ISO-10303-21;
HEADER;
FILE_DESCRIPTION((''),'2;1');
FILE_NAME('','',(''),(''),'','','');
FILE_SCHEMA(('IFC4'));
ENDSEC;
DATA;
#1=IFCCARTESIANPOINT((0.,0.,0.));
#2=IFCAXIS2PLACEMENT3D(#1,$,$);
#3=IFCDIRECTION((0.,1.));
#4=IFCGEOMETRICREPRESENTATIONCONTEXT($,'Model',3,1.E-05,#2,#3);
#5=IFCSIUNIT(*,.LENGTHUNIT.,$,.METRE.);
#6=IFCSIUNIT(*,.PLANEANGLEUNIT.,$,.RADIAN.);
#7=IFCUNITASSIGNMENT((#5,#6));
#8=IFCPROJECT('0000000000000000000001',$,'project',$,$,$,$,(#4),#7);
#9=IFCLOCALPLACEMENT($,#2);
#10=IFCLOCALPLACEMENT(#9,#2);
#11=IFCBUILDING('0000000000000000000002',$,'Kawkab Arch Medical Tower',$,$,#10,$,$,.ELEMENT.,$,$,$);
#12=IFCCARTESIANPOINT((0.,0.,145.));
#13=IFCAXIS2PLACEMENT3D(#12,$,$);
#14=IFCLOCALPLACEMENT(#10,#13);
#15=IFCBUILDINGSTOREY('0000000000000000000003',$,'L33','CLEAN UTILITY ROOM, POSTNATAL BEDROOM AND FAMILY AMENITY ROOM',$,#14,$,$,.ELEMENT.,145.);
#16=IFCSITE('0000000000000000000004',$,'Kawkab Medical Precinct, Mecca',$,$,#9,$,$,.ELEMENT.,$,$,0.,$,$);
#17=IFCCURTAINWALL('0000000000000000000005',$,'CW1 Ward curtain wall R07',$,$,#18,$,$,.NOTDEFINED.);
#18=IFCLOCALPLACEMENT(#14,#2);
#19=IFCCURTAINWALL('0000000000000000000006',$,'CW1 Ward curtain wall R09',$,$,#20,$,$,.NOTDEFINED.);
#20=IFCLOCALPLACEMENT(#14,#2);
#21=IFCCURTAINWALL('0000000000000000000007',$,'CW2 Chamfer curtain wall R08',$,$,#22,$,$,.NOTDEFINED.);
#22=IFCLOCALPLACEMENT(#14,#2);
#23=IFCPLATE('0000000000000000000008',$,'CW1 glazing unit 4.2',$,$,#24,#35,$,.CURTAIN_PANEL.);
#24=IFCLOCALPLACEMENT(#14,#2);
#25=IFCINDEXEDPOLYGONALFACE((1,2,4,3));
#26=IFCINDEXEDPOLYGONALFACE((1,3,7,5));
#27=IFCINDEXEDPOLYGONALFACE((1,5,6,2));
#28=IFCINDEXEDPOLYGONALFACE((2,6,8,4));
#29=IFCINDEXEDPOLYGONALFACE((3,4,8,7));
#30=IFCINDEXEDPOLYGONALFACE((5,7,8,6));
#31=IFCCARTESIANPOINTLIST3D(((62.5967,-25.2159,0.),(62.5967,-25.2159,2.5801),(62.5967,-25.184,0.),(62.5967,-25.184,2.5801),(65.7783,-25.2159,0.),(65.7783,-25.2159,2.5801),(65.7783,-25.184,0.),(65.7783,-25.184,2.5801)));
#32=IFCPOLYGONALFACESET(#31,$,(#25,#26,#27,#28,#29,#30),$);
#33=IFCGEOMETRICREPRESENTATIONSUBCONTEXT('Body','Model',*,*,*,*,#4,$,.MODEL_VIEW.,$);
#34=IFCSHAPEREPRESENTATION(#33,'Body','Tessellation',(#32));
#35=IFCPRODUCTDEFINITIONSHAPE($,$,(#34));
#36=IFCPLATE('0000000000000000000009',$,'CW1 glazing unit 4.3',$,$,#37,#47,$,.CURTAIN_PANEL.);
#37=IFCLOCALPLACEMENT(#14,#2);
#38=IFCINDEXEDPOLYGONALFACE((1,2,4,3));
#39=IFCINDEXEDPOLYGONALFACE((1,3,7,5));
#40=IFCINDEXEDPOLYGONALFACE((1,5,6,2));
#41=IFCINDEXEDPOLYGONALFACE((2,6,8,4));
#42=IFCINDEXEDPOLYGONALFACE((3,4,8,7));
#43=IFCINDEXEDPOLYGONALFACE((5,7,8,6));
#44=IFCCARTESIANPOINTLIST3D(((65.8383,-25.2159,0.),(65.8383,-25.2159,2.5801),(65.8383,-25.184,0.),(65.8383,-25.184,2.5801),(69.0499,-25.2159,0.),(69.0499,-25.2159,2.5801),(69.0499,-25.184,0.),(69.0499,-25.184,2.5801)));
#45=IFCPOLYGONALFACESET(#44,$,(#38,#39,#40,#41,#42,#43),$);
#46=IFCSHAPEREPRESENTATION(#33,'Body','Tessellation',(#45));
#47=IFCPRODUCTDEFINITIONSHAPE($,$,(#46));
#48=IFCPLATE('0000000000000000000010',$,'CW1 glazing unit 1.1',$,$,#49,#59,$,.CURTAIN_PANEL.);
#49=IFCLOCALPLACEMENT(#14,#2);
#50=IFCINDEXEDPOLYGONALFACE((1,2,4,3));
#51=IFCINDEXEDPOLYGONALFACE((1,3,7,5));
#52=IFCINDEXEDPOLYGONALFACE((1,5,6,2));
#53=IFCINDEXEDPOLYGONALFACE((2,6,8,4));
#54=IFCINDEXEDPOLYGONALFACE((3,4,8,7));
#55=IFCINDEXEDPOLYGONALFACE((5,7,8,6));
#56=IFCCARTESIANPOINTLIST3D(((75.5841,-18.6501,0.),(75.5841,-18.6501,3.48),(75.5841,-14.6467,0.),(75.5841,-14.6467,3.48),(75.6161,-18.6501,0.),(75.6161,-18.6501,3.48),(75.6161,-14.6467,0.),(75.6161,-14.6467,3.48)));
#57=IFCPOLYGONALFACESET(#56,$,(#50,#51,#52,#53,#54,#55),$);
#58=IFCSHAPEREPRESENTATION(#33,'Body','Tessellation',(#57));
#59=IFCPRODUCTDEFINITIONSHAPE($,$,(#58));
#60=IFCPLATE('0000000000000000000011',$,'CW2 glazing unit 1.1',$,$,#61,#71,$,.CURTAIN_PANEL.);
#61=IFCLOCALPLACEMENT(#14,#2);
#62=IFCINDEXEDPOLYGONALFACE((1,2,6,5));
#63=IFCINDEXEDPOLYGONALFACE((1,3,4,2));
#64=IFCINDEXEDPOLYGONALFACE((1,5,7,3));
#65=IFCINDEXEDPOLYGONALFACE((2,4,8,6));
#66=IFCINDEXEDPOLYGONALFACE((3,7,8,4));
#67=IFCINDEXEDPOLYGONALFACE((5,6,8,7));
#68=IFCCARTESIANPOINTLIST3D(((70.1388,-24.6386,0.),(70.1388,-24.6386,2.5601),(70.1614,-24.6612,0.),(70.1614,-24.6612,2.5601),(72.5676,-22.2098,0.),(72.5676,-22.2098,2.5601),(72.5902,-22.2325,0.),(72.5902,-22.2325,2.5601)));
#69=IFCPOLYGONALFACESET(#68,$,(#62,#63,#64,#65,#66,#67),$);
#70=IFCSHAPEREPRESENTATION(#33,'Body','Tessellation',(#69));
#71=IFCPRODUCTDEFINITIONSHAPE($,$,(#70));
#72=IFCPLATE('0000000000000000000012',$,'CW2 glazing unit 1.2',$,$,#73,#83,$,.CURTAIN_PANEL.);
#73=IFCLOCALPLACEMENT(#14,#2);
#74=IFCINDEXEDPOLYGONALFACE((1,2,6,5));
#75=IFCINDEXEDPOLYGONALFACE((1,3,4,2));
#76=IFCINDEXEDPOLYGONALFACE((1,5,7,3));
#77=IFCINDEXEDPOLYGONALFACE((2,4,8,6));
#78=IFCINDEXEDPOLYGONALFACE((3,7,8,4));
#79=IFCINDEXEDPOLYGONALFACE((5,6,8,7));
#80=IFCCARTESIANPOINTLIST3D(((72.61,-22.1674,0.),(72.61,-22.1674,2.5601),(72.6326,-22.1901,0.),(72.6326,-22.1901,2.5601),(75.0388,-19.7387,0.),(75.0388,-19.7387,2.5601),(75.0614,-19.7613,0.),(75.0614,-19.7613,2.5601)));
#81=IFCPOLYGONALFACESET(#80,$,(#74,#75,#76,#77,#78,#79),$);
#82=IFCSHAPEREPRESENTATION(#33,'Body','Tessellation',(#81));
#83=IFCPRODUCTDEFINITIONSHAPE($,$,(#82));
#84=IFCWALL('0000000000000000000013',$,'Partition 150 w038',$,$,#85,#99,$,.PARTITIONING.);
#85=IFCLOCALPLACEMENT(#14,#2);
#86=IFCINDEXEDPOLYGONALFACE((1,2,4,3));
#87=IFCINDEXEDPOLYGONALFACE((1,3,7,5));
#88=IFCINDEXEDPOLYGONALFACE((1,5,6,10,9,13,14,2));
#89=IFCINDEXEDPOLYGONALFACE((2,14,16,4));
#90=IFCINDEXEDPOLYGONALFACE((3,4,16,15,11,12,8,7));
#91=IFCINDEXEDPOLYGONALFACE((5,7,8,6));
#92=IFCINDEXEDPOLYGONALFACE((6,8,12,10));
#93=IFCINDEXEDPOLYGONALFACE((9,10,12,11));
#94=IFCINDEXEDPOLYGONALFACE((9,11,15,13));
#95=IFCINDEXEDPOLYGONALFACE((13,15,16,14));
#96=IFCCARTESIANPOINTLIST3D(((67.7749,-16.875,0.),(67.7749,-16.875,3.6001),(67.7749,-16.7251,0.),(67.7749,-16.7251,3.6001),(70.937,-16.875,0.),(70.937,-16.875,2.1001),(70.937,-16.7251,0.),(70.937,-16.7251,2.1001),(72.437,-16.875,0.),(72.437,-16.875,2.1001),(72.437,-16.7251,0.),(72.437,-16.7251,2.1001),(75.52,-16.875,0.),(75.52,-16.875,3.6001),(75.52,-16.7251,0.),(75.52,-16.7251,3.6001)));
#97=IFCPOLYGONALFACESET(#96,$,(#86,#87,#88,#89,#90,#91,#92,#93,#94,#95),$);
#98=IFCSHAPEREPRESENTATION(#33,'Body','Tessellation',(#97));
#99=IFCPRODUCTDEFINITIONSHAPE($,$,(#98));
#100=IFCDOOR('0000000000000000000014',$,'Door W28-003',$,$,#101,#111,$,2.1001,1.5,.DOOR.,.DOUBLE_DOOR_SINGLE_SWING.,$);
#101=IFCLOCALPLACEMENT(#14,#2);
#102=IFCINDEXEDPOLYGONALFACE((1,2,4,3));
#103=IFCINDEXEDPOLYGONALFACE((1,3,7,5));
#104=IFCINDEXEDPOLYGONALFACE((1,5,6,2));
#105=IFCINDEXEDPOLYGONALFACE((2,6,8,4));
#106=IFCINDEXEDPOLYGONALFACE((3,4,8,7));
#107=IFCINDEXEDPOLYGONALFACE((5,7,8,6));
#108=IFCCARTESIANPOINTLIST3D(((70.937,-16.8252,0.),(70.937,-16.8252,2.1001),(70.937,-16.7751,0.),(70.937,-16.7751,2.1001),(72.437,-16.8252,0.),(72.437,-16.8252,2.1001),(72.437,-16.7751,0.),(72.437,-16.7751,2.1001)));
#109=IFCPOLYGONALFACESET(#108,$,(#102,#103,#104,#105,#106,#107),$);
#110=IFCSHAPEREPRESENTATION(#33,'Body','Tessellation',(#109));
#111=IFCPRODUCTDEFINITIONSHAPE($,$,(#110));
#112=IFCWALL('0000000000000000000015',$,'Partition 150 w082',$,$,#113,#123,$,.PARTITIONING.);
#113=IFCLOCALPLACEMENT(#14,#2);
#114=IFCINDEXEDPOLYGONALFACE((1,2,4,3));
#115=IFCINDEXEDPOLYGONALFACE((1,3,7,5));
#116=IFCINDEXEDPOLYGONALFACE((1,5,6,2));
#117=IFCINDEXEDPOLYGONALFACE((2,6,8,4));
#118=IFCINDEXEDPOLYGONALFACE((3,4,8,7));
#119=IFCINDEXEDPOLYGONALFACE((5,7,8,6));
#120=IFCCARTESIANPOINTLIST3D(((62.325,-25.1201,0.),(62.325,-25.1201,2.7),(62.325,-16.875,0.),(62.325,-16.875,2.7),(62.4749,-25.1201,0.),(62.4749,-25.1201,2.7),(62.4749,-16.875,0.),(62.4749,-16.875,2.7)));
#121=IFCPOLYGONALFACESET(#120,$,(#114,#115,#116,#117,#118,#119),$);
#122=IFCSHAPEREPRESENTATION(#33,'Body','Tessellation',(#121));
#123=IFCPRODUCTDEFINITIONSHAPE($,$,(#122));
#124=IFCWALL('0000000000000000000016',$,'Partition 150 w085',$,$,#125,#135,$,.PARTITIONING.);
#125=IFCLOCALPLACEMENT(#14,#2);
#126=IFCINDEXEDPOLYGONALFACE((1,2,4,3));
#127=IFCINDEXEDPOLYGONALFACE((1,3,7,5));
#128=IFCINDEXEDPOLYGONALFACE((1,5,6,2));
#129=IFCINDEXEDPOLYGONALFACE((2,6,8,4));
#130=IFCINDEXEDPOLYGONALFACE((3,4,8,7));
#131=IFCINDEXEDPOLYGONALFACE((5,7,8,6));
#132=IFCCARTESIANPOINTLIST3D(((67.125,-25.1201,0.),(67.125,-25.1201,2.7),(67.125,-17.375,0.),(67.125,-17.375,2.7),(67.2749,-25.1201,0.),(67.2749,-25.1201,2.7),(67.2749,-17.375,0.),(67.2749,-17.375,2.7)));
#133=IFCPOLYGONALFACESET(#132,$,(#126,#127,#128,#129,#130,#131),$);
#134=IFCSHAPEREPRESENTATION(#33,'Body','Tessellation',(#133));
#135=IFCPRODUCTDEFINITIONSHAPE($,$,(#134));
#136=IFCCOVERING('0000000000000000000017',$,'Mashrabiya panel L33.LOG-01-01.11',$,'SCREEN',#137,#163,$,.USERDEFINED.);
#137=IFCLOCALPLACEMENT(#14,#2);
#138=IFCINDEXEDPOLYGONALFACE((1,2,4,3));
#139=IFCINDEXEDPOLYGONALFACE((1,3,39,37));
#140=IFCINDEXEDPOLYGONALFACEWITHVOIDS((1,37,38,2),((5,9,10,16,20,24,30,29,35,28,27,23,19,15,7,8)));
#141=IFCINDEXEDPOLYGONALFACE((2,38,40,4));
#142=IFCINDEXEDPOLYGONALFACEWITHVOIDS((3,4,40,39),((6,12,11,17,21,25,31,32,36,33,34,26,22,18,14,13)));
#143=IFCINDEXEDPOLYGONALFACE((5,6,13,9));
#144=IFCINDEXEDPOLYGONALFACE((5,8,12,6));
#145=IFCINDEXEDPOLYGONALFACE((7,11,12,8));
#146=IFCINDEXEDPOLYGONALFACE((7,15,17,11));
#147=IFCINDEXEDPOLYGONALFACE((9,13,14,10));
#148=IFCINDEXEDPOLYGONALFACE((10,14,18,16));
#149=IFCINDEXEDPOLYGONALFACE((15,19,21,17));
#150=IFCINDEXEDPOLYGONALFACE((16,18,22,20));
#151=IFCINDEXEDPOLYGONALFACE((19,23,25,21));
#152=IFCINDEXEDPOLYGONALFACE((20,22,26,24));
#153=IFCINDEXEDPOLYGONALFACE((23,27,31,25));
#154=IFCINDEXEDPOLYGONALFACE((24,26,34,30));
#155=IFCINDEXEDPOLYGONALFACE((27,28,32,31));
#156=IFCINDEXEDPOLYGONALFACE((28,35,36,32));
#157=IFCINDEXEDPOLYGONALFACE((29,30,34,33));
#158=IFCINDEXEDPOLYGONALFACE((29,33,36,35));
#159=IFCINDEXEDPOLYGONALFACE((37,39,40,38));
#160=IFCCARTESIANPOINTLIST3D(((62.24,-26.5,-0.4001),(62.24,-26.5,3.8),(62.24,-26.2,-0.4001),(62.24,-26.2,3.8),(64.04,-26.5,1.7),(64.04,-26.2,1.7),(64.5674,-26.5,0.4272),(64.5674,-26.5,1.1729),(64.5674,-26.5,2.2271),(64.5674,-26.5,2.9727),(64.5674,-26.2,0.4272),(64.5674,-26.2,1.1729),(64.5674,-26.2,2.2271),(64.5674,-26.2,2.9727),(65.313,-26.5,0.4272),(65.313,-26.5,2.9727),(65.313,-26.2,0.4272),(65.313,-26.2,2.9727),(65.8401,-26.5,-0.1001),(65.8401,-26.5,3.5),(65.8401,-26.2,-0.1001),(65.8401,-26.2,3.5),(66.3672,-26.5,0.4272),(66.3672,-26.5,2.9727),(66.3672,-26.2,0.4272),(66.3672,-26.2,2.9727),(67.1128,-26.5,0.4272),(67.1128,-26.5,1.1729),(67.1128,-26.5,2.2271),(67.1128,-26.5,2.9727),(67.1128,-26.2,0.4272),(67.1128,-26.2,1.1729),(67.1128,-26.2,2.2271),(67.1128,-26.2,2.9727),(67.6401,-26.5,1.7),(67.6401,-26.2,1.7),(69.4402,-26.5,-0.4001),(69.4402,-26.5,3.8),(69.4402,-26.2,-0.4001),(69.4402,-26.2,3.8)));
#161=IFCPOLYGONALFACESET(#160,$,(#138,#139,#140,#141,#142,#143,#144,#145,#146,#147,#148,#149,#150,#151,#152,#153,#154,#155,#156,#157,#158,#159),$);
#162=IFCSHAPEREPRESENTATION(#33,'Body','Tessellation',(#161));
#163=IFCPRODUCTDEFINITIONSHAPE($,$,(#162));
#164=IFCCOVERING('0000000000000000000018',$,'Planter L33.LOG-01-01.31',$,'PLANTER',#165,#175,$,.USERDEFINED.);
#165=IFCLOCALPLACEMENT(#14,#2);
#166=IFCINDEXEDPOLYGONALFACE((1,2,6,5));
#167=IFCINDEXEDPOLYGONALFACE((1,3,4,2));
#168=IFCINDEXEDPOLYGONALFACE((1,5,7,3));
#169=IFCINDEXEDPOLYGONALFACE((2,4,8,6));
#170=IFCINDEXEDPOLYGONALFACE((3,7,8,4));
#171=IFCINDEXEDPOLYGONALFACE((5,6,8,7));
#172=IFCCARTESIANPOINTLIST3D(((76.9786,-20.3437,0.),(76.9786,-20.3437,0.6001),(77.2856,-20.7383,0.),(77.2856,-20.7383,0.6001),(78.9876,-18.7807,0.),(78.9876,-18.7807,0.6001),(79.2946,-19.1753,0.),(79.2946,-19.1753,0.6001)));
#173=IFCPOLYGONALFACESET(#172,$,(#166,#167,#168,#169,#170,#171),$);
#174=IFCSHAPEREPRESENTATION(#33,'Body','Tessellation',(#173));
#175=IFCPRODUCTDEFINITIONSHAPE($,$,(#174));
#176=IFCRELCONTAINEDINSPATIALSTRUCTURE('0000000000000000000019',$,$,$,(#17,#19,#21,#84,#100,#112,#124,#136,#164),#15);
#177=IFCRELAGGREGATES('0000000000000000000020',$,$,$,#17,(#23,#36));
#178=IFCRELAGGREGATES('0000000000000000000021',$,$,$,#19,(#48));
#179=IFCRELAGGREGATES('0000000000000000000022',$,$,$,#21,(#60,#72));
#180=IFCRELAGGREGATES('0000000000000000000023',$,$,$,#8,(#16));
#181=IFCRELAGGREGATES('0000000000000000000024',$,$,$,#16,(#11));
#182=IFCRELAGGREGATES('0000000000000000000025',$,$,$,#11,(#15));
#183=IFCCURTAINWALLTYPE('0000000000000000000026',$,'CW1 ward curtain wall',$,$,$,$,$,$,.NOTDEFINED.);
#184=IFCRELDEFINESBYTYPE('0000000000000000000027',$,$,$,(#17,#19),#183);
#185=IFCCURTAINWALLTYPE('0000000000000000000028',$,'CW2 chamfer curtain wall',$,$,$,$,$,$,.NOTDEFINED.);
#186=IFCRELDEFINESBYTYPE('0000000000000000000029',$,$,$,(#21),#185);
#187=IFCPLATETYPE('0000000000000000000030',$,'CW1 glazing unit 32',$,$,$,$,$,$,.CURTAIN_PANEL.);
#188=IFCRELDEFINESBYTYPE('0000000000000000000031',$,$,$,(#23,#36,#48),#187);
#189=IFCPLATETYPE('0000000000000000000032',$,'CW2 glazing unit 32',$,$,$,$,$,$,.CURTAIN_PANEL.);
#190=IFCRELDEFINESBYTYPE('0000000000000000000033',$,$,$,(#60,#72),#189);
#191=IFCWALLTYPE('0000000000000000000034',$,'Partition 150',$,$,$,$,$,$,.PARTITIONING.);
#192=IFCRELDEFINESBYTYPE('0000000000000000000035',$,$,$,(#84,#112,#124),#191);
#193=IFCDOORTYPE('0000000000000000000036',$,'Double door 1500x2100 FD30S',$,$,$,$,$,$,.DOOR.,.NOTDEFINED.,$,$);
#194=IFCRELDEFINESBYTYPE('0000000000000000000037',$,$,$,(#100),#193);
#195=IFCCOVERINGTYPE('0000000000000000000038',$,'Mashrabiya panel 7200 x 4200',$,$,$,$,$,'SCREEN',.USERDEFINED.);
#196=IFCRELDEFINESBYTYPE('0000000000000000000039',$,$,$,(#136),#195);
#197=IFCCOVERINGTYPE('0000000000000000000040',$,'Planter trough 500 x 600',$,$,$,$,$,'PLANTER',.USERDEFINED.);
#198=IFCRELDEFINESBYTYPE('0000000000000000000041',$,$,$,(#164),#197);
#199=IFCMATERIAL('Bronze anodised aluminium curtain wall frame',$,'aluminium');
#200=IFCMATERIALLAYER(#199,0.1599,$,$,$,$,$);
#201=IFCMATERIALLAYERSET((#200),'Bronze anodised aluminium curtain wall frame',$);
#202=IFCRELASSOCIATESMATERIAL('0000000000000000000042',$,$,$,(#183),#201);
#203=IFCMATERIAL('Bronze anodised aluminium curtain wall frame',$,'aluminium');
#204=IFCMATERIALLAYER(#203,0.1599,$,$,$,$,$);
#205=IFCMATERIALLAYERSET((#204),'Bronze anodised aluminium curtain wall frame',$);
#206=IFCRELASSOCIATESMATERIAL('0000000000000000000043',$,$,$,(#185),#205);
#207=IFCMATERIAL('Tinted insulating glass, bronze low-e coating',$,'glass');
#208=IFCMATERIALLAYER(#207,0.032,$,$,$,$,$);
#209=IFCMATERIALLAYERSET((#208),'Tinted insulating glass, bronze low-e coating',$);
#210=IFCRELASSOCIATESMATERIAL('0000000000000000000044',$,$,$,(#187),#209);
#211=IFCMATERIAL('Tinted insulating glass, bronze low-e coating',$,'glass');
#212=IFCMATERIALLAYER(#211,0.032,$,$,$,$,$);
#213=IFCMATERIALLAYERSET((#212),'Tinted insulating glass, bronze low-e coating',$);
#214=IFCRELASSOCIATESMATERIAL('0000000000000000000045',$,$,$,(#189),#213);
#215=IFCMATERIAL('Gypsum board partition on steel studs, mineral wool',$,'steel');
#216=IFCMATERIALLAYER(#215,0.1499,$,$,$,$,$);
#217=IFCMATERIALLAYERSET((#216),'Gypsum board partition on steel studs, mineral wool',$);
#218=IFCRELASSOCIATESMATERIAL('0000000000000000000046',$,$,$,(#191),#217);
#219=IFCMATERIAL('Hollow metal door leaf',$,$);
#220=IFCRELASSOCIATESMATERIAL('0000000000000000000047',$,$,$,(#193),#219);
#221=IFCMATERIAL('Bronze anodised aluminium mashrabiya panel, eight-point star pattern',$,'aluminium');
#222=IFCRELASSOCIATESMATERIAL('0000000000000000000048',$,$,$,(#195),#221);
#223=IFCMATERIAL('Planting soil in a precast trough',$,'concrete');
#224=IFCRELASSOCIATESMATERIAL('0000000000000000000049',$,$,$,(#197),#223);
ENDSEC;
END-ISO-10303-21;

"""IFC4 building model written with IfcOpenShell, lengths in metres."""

from ifc_helpers import new_model, si_unit, direction, frame, frame_2d, origin, origin_2d, place, context, subcontext, project, spatial, polyline, rectangle, outline, extrude, material, layer, layer_set, material_profile, profile_set, type_object, element, fill, aggregate, save


model = new_model("IFC4")

# Units and contexts
model_context = context("Model", 3, precision=1e-05, world=origin(), true_north=direction((0.0, 1.0)))
body_context = subcontext(model_context, "Body", "Model", "MODEL_VIEW")
ifc_project = project(units=[si_unit("LENGTHUNIT", "METRE"), si_unit("PLANEANGLEUNIT", "RADIAN")], contexts=[model_context])

# Site, building, storey
site_placement = place(None, origin())
site = spatial("IfcSite", under=ifc_project, at=site_placement, Name="Kawkab Medical Precinct, Mecca", CompositionType="ELEMENT", RefElevation=0.0)
building_placement = place(site_placement, origin())
building = spatial("IfcBuilding", under=site, at=building_placement, Name="Kawkab Arch Medical Tower", CompositionType="ELEMENT")
storey_placement = place(building_placement, frame((0.0, 0.0, 145.0)))
storey = spatial("IfcBuildingStorey", under=building, at=storey_placement, Name="L33", Description="CLEAN UTILITY ROOM, POSTNATAL BEDROOM AND FAMILY AMENITY ROOM", CompositionType="ELEMENT", Elevation=145.0)

# Curtain walls
ifc_material_1 = material(Name="Bronze anodised aluminium curtain wall frame", Category="aluminium")
ifc_layer_1 = layer(ifc_material_1, 0.1599)
ifc_layer_set_1 = layer_set([ifc_layer_1], Name="Bronze anodised aluminium curtain wall frame")
curtain_wall_type_1 = type_object("IfcCurtainWallType", Name="CW1 ward curtain wall", PredefinedType="NOTDEFINED", material=ifc_layer_set_1)
placement = place(storey_placement, origin())
curtain_wall_1 = element("IfcCurtainWall", 1, at=placement, inside=storey, type_object=curtain_wall_type_1, Name="CW1 Ward curtain wall R07", PredefinedType="NOTDEFINED")
curtain_wall_2 = element("IfcCurtainWall", 2, at=placement, inside=storey, type_object=curtain_wall_type_1, Name="CW1 Ward curtain wall R09", PredefinedType="NOTDEFINED")
ifc_material_2 = material(Name="Bronze anodised aluminium curtain wall frame", Category="aluminium")
ifc_layer_2 = layer(ifc_material_2, 0.1599)
ifc_layer_set_2 = layer_set([ifc_layer_2], Name="Bronze anodised aluminium curtain wall frame")
curtain_wall_type_2 = type_object("IfcCurtainWallType", Name="CW2 chamfer curtain wall", PredefinedType="NOTDEFINED", material=ifc_layer_set_2)
curtain_wall_3 = element("IfcCurtainWall", 3, at=placement, inside=storey, type_object=curtain_wall_type_2, Name="CW2 Chamfer curtain wall R08", PredefinedType="NOTDEFINED")

# Plates
ifc_material_3 = material(Name="Tinted insulating glass, bronze low-e coating", Category="glass")
ifc_layer_3 = layer(ifc_material_3, 0.032)
ifc_layer_set_3 = layer_set([ifc_layer_3], Name="Tinted insulating glass, bronze low-e coating")
plate_type_1 = type_object("IfcPlateType", Name="CW1 glazing unit 32", PredefinedType="CURTAIN_PANEL", material=ifc_layer_set_3)
plate_1_placement = place(storey_placement, frame((64.1875, -25.2, 0.0), z_axis=(0.0, 0.0, 1.0), x_axis=(1.0, 0.0, 0.0)))
plate_1 = element("IfcPlate", 4, at=plate_1_placement, type_object=plate_type_1, Name="CW1 glazing unit 4.2", PredefinedType="CURTAIN_PANEL", context=body_context, shape_type="SweptSolid", body=[
    extrude(rectangle(XDim=3.1816, YDim=0.032, at=origin_2d()), origin(), (0.0, 0.0, 1.0), 2.5801),
])
plate_2_placement = place(storey_placement, frame((67.4441, -25.2, 0.0), z_axis=(0.0, 0.0, 1.0), x_axis=(1.0, 0.0, 0.0)))
plate_2 = element("IfcPlate", 5, at=plate_2_placement, type_object=plate_type_1, Name="CW1 glazing unit 4.3", PredefinedType="CURTAIN_PANEL", context=body_context, shape_type="SweptSolid", body=[
    extrude(rectangle(XDim=3.2117, YDim=0.032, at=origin_2d()), origin(), (0.0, 0.0, 1.0), 2.5801),
])
aggregate(curtain_wall_1, [plate_1, plate_2])
plate_3_placement = place(storey_placement, frame((75.6001, -16.6484, 0.0), z_axis=(0.0, 0.0, 1.0), x_axis=(0.0, 1.0, 0.0)))
plate_3 = element("IfcPlate", 6, at=plate_3_placement, type_object=plate_type_1, Name="CW1 glazing unit 1.1", PredefinedType="CURTAIN_PANEL", context=body_context, shape_type="SweptSolid", body=[
    extrude(rectangle(XDim=4.0034, YDim=0.032, at=origin_2d()), origin(), (0.0, 0.0, 1.0), 3.48),
])
aggregate(curtain_wall_2, [plate_3])
ifc_material_4 = material(Name="Tinted insulating glass, bronze low-e coating", Category="glass")
ifc_layer_4 = layer(ifc_material_4, 0.032)
ifc_layer_set_4 = layer_set([ifc_layer_4], Name="Tinted insulating glass, bronze low-e coating")
plate_type_2 = type_object("IfcPlateType", Name="CW2 glazing unit 32", PredefinedType="CURTAIN_PANEL", material=ifc_layer_set_4)
plate_4_placement = place(storey_placement, frame((71.3645, -23.4355, 0.0), z_axis=(0.0, 0.0, 1.0), x_axis=(0.707107, 0.707107, 0.0)))
plate_4 = element("IfcPlate", 7, at=plate_4_placement, type_object=plate_type_2, Name="CW2 glazing unit 1.1", PredefinedType="CURTAIN_PANEL", context=body_context, shape_type="SweptSolid", body=[
    extrude(rectangle(XDim=3.4348, YDim=0.032, at=origin_2d()), origin(), (0.0, 0.0, 1.0), 2.5601),
])
plate_5_placement = place(storey_placement, frame((73.8357, -20.9644, 0.0), z_axis=(0.0, 0.0, 1.0), x_axis=(0.707107, 0.707107, 0.0)))
plate_5 = element("IfcPlate", 8, at=plate_5_placement, type_object=plate_type_2, Name="CW2 glazing unit 1.2", PredefinedType="CURTAIN_PANEL", context=body_context, shape_type="SweptSolid", body=[
    extrude(rectangle(XDim=3.4348, YDim=0.032, at=origin_2d()), origin(), (0.0, 0.0, 1.0), 2.5601),
])
aggregate(curtain_wall_3, [plate_4, plate_5])

# Wall, opening, door
ifc_material_5 = material(Name="Gypsum board partition on steel studs, mineral wool", Category="steel")
ifc_layer_5 = layer(ifc_material_5, 0.1499)
ifc_layer_set_5 = layer_set([ifc_layer_5], Name="Gypsum board partition on steel studs, mineral wool")
wall_type = type_object("IfcWallType", Name="Partition 150", PredefinedType="PARTITIONING", material=ifc_layer_set_5)
wall_1_placement = place(storey_placement, frame((67.7749, -16.8, 0.0), z_axis=(0.0, 0.0, 1.0), x_axis=(1.0, 0.0, 0.0)))
wall_1 = element("IfcWall", 9, at=wall_1_placement, inside=storey, type_object=wall_type, Name="Partition 150 w038", PredefinedType="PARTITIONING", context=body_context, shape_type="SweptSolid", body=[
    extrude(rectangle(XDim=7.7451, YDim=0.1499, at=frame_2d((3.8726, 0.0))), origin(), (0.0, 0.0, 1.0), 3.6001),
])
opening_placement = place(wall_1_placement, frame((3.1621, 0.0, 0.0)))
opening = element("IfcOpeningElement", 10, at=opening_placement, cuts=wall_1, PredefinedType="OPENING", context=body_context, shape_type="SweptSolid", body=[
    extrude(rectangle(XDim=1.5, YDim=2.1001, at=frame_2d((0.75, 1.05))), frame((0.0, 0.085, 0.0), z_axis=(0.0, -1.0, 0.0), x_axis=(1.0, 0.0, 0.0)), (0.0, 0.0, 1.0), 0.1699),
])
ifc_material_6 = material(Name="Hollow metal door leaf")
door_type = type_object("IfcDoorType", Name="Double door 1500x2100 FD30S", OperationType="NOTDEFINED", PredefinedType="DOOR", material=ifc_material_6)
door_placement = place(opening_placement, origin())
door = element("IfcDoor", 11, at=door_placement, inside=storey, type_object=door_type, Name="Door W28-003", OperationType="DOUBLE_DOOR_SINGLE_SWING", OverallHeight=2.1001, OverallWidth=1.5, PredefinedType="DOOR", context=body_context, shape_type="SweptSolid", body=[
    extrude(rectangle(XDim=1.5, YDim=2.1001, at=frame_2d((0.75, 1.05))), frame((0.0, 0.0249, 0.0), z_axis=(0.0, -1.0, 0.0), x_axis=(1.0, 0.0, 0.0)), (0.0, 0.0, 1.0), 0.05),
])
fill(opening, door)

# Walls
wall_2_placement = place(storey_placement, frame((62.3999, -25.1201, 0.0), z_axis=(0.0, 0.0, 1.0), x_axis=(0.0, 1.0, 0.0)))
element("IfcWall", 12, at=wall_2_placement, inside=storey, type_object=wall_type, Name="Partition 150 w082", PredefinedType="PARTITIONING", context=body_context, shape_type="SweptSolid", body=[
    extrude(rectangle(XDim=8.2451, YDim=0.1499, at=frame_2d((4.1226, 0.0))), origin(), (0.0, 0.0, 1.0), 2.7),
])
wall_3_placement = place(storey_placement, frame((67.2, -25.1201, 0.0), z_axis=(0.0, 0.0, 1.0), x_axis=(0.0, 1.0, 0.0)))
element("IfcWall", 13, at=wall_3_placement, inside=storey, type_object=wall_type, Name="Partition 150 w085", PredefinedType="PARTITIONING", context=body_context, shape_type="SweptSolid", body=[
    extrude(rectangle(XDim=7.7451, YDim=0.1499, at=frame_2d((3.8726, 0.0))), origin(), (0.0, 0.0, 1.0), 2.7),
])

# Coverings
ifc_material_7 = material(Name="Bronze anodised aluminium mashrabiya panel, eight-point star pattern", Category="aluminium")
ifc_material_profile_1 = material_profile(ifc_material_7, outline(polyline([(-3.6001, -2.1001), (3.6001, -2.1001), (3.6001, 2.1001), (-3.6001, 2.1001), (-3.6001, -2.1001)]), holes=[polyline([(1.8, 0.0), (1.2727, 0.5271), (1.2727, 1.2727), (0.5271, 1.2727), (0.0, 1.8), (-0.5271, 1.2727), (-1.2727, 1.2727), (-1.2727, 0.5271), (-1.8, 0.0), (-1.2727, -0.5271), (-1.2727, -1.2727), (-0.5271, -1.2727), (0.0, -1.8), (0.5271, -1.2727), (1.2727, -1.2727), (1.2727, -0.5271), (1.8, 0.0)])]), Name="Mashrabiya panel 7200x4200")
ifc_profile_set_1 = profile_set([ifc_material_profile_1], Name="Bronze anodised aluminium mashrabiya panel, eight-point star pattern")
covering_type_1 = type_object("IfcCoveringType", Name="Mashrabiya panel 7200 x 4200", ElementType="SCREEN", PredefinedType="USERDEFINED", material=ifc_profile_set_1)
covering_1_placement = place(storey_placement, frame((65.8401, -26.2, 1.7), z_axis=(0.0, -1.0, 0.0), x_axis=(1.0, 0.0, 0.0)))
element("IfcCovering", 14, at=covering_1_placement, inside=storey, type_object=covering_type_1, Name="Mashrabiya panel L33.LOG-01-01.11", ObjectType="SCREEN", PredefinedType="USERDEFINED", context=body_context, shape_type="SweptSolid", body=[
    extrude(outline(polyline([(-3.6001, -2.1001), (3.6001, -2.1001), (3.6001, 2.1001), (-3.6001, 2.1001), (-3.6001, -2.1001)]), holes=[polyline([(1.8, 0.0), (1.2727, 0.5271), (1.2727, 1.2727), (0.5271, 1.2727), (0.0, 1.8), (-0.5271, 1.2727), (-1.2727, 1.2727), (-1.2727, 0.5271), (-1.8, 0.0), (-1.2727, -0.5271), (-1.2727, -1.2727), (-0.5271, -1.2727), (0.0, -1.8), (0.5271, -1.2727), (1.2727, -1.2727), (1.2727, -0.5271), (1.8, 0.0)])]), origin(), (0.0, 0.0, 1.0), 0.3),
])
ifc_material_8 = material(Name="Planting soil in a precast trough", Category="concrete")
ifc_material_profile_2 = material_profile(ifc_material_8, rectangle(XDim=0.5, YDim=0.6001, at=origin_2d()), Name="Trough 500x600")
ifc_profile_set_2 = profile_set([ifc_material_profile_2], Name="Planting soil in a precast trough")
covering_type_2 = type_object("IfcCoveringType", Name="Planter trough 500 x 600", ElementType="PLANTER", PredefinedType="USERDEFINED", material=ifc_profile_set_2)
covering_2_placement = place(storey_placement, frame((79.1411, -18.978, 0.3), z_axis=(-0.789275, -0.61404, 0.0), x_axis=(0.61404, -0.789275, 0.0)))
element("IfcCovering", 15, at=covering_2_placement, inside=storey, type_object=covering_type_2, Name="Planter L33.LOG-01-01.31", ObjectType="PLANTER", PredefinedType="USERDEFINED", context=body_context, shape_type="SweptSolid", body=[
    extrude(rectangle(XDim=0.5, YDim=0.6001, at=origin_2d()), origin(), (0.0, 0.0, 1.0), 2.5454),
])

save(model, "model.ifc")
